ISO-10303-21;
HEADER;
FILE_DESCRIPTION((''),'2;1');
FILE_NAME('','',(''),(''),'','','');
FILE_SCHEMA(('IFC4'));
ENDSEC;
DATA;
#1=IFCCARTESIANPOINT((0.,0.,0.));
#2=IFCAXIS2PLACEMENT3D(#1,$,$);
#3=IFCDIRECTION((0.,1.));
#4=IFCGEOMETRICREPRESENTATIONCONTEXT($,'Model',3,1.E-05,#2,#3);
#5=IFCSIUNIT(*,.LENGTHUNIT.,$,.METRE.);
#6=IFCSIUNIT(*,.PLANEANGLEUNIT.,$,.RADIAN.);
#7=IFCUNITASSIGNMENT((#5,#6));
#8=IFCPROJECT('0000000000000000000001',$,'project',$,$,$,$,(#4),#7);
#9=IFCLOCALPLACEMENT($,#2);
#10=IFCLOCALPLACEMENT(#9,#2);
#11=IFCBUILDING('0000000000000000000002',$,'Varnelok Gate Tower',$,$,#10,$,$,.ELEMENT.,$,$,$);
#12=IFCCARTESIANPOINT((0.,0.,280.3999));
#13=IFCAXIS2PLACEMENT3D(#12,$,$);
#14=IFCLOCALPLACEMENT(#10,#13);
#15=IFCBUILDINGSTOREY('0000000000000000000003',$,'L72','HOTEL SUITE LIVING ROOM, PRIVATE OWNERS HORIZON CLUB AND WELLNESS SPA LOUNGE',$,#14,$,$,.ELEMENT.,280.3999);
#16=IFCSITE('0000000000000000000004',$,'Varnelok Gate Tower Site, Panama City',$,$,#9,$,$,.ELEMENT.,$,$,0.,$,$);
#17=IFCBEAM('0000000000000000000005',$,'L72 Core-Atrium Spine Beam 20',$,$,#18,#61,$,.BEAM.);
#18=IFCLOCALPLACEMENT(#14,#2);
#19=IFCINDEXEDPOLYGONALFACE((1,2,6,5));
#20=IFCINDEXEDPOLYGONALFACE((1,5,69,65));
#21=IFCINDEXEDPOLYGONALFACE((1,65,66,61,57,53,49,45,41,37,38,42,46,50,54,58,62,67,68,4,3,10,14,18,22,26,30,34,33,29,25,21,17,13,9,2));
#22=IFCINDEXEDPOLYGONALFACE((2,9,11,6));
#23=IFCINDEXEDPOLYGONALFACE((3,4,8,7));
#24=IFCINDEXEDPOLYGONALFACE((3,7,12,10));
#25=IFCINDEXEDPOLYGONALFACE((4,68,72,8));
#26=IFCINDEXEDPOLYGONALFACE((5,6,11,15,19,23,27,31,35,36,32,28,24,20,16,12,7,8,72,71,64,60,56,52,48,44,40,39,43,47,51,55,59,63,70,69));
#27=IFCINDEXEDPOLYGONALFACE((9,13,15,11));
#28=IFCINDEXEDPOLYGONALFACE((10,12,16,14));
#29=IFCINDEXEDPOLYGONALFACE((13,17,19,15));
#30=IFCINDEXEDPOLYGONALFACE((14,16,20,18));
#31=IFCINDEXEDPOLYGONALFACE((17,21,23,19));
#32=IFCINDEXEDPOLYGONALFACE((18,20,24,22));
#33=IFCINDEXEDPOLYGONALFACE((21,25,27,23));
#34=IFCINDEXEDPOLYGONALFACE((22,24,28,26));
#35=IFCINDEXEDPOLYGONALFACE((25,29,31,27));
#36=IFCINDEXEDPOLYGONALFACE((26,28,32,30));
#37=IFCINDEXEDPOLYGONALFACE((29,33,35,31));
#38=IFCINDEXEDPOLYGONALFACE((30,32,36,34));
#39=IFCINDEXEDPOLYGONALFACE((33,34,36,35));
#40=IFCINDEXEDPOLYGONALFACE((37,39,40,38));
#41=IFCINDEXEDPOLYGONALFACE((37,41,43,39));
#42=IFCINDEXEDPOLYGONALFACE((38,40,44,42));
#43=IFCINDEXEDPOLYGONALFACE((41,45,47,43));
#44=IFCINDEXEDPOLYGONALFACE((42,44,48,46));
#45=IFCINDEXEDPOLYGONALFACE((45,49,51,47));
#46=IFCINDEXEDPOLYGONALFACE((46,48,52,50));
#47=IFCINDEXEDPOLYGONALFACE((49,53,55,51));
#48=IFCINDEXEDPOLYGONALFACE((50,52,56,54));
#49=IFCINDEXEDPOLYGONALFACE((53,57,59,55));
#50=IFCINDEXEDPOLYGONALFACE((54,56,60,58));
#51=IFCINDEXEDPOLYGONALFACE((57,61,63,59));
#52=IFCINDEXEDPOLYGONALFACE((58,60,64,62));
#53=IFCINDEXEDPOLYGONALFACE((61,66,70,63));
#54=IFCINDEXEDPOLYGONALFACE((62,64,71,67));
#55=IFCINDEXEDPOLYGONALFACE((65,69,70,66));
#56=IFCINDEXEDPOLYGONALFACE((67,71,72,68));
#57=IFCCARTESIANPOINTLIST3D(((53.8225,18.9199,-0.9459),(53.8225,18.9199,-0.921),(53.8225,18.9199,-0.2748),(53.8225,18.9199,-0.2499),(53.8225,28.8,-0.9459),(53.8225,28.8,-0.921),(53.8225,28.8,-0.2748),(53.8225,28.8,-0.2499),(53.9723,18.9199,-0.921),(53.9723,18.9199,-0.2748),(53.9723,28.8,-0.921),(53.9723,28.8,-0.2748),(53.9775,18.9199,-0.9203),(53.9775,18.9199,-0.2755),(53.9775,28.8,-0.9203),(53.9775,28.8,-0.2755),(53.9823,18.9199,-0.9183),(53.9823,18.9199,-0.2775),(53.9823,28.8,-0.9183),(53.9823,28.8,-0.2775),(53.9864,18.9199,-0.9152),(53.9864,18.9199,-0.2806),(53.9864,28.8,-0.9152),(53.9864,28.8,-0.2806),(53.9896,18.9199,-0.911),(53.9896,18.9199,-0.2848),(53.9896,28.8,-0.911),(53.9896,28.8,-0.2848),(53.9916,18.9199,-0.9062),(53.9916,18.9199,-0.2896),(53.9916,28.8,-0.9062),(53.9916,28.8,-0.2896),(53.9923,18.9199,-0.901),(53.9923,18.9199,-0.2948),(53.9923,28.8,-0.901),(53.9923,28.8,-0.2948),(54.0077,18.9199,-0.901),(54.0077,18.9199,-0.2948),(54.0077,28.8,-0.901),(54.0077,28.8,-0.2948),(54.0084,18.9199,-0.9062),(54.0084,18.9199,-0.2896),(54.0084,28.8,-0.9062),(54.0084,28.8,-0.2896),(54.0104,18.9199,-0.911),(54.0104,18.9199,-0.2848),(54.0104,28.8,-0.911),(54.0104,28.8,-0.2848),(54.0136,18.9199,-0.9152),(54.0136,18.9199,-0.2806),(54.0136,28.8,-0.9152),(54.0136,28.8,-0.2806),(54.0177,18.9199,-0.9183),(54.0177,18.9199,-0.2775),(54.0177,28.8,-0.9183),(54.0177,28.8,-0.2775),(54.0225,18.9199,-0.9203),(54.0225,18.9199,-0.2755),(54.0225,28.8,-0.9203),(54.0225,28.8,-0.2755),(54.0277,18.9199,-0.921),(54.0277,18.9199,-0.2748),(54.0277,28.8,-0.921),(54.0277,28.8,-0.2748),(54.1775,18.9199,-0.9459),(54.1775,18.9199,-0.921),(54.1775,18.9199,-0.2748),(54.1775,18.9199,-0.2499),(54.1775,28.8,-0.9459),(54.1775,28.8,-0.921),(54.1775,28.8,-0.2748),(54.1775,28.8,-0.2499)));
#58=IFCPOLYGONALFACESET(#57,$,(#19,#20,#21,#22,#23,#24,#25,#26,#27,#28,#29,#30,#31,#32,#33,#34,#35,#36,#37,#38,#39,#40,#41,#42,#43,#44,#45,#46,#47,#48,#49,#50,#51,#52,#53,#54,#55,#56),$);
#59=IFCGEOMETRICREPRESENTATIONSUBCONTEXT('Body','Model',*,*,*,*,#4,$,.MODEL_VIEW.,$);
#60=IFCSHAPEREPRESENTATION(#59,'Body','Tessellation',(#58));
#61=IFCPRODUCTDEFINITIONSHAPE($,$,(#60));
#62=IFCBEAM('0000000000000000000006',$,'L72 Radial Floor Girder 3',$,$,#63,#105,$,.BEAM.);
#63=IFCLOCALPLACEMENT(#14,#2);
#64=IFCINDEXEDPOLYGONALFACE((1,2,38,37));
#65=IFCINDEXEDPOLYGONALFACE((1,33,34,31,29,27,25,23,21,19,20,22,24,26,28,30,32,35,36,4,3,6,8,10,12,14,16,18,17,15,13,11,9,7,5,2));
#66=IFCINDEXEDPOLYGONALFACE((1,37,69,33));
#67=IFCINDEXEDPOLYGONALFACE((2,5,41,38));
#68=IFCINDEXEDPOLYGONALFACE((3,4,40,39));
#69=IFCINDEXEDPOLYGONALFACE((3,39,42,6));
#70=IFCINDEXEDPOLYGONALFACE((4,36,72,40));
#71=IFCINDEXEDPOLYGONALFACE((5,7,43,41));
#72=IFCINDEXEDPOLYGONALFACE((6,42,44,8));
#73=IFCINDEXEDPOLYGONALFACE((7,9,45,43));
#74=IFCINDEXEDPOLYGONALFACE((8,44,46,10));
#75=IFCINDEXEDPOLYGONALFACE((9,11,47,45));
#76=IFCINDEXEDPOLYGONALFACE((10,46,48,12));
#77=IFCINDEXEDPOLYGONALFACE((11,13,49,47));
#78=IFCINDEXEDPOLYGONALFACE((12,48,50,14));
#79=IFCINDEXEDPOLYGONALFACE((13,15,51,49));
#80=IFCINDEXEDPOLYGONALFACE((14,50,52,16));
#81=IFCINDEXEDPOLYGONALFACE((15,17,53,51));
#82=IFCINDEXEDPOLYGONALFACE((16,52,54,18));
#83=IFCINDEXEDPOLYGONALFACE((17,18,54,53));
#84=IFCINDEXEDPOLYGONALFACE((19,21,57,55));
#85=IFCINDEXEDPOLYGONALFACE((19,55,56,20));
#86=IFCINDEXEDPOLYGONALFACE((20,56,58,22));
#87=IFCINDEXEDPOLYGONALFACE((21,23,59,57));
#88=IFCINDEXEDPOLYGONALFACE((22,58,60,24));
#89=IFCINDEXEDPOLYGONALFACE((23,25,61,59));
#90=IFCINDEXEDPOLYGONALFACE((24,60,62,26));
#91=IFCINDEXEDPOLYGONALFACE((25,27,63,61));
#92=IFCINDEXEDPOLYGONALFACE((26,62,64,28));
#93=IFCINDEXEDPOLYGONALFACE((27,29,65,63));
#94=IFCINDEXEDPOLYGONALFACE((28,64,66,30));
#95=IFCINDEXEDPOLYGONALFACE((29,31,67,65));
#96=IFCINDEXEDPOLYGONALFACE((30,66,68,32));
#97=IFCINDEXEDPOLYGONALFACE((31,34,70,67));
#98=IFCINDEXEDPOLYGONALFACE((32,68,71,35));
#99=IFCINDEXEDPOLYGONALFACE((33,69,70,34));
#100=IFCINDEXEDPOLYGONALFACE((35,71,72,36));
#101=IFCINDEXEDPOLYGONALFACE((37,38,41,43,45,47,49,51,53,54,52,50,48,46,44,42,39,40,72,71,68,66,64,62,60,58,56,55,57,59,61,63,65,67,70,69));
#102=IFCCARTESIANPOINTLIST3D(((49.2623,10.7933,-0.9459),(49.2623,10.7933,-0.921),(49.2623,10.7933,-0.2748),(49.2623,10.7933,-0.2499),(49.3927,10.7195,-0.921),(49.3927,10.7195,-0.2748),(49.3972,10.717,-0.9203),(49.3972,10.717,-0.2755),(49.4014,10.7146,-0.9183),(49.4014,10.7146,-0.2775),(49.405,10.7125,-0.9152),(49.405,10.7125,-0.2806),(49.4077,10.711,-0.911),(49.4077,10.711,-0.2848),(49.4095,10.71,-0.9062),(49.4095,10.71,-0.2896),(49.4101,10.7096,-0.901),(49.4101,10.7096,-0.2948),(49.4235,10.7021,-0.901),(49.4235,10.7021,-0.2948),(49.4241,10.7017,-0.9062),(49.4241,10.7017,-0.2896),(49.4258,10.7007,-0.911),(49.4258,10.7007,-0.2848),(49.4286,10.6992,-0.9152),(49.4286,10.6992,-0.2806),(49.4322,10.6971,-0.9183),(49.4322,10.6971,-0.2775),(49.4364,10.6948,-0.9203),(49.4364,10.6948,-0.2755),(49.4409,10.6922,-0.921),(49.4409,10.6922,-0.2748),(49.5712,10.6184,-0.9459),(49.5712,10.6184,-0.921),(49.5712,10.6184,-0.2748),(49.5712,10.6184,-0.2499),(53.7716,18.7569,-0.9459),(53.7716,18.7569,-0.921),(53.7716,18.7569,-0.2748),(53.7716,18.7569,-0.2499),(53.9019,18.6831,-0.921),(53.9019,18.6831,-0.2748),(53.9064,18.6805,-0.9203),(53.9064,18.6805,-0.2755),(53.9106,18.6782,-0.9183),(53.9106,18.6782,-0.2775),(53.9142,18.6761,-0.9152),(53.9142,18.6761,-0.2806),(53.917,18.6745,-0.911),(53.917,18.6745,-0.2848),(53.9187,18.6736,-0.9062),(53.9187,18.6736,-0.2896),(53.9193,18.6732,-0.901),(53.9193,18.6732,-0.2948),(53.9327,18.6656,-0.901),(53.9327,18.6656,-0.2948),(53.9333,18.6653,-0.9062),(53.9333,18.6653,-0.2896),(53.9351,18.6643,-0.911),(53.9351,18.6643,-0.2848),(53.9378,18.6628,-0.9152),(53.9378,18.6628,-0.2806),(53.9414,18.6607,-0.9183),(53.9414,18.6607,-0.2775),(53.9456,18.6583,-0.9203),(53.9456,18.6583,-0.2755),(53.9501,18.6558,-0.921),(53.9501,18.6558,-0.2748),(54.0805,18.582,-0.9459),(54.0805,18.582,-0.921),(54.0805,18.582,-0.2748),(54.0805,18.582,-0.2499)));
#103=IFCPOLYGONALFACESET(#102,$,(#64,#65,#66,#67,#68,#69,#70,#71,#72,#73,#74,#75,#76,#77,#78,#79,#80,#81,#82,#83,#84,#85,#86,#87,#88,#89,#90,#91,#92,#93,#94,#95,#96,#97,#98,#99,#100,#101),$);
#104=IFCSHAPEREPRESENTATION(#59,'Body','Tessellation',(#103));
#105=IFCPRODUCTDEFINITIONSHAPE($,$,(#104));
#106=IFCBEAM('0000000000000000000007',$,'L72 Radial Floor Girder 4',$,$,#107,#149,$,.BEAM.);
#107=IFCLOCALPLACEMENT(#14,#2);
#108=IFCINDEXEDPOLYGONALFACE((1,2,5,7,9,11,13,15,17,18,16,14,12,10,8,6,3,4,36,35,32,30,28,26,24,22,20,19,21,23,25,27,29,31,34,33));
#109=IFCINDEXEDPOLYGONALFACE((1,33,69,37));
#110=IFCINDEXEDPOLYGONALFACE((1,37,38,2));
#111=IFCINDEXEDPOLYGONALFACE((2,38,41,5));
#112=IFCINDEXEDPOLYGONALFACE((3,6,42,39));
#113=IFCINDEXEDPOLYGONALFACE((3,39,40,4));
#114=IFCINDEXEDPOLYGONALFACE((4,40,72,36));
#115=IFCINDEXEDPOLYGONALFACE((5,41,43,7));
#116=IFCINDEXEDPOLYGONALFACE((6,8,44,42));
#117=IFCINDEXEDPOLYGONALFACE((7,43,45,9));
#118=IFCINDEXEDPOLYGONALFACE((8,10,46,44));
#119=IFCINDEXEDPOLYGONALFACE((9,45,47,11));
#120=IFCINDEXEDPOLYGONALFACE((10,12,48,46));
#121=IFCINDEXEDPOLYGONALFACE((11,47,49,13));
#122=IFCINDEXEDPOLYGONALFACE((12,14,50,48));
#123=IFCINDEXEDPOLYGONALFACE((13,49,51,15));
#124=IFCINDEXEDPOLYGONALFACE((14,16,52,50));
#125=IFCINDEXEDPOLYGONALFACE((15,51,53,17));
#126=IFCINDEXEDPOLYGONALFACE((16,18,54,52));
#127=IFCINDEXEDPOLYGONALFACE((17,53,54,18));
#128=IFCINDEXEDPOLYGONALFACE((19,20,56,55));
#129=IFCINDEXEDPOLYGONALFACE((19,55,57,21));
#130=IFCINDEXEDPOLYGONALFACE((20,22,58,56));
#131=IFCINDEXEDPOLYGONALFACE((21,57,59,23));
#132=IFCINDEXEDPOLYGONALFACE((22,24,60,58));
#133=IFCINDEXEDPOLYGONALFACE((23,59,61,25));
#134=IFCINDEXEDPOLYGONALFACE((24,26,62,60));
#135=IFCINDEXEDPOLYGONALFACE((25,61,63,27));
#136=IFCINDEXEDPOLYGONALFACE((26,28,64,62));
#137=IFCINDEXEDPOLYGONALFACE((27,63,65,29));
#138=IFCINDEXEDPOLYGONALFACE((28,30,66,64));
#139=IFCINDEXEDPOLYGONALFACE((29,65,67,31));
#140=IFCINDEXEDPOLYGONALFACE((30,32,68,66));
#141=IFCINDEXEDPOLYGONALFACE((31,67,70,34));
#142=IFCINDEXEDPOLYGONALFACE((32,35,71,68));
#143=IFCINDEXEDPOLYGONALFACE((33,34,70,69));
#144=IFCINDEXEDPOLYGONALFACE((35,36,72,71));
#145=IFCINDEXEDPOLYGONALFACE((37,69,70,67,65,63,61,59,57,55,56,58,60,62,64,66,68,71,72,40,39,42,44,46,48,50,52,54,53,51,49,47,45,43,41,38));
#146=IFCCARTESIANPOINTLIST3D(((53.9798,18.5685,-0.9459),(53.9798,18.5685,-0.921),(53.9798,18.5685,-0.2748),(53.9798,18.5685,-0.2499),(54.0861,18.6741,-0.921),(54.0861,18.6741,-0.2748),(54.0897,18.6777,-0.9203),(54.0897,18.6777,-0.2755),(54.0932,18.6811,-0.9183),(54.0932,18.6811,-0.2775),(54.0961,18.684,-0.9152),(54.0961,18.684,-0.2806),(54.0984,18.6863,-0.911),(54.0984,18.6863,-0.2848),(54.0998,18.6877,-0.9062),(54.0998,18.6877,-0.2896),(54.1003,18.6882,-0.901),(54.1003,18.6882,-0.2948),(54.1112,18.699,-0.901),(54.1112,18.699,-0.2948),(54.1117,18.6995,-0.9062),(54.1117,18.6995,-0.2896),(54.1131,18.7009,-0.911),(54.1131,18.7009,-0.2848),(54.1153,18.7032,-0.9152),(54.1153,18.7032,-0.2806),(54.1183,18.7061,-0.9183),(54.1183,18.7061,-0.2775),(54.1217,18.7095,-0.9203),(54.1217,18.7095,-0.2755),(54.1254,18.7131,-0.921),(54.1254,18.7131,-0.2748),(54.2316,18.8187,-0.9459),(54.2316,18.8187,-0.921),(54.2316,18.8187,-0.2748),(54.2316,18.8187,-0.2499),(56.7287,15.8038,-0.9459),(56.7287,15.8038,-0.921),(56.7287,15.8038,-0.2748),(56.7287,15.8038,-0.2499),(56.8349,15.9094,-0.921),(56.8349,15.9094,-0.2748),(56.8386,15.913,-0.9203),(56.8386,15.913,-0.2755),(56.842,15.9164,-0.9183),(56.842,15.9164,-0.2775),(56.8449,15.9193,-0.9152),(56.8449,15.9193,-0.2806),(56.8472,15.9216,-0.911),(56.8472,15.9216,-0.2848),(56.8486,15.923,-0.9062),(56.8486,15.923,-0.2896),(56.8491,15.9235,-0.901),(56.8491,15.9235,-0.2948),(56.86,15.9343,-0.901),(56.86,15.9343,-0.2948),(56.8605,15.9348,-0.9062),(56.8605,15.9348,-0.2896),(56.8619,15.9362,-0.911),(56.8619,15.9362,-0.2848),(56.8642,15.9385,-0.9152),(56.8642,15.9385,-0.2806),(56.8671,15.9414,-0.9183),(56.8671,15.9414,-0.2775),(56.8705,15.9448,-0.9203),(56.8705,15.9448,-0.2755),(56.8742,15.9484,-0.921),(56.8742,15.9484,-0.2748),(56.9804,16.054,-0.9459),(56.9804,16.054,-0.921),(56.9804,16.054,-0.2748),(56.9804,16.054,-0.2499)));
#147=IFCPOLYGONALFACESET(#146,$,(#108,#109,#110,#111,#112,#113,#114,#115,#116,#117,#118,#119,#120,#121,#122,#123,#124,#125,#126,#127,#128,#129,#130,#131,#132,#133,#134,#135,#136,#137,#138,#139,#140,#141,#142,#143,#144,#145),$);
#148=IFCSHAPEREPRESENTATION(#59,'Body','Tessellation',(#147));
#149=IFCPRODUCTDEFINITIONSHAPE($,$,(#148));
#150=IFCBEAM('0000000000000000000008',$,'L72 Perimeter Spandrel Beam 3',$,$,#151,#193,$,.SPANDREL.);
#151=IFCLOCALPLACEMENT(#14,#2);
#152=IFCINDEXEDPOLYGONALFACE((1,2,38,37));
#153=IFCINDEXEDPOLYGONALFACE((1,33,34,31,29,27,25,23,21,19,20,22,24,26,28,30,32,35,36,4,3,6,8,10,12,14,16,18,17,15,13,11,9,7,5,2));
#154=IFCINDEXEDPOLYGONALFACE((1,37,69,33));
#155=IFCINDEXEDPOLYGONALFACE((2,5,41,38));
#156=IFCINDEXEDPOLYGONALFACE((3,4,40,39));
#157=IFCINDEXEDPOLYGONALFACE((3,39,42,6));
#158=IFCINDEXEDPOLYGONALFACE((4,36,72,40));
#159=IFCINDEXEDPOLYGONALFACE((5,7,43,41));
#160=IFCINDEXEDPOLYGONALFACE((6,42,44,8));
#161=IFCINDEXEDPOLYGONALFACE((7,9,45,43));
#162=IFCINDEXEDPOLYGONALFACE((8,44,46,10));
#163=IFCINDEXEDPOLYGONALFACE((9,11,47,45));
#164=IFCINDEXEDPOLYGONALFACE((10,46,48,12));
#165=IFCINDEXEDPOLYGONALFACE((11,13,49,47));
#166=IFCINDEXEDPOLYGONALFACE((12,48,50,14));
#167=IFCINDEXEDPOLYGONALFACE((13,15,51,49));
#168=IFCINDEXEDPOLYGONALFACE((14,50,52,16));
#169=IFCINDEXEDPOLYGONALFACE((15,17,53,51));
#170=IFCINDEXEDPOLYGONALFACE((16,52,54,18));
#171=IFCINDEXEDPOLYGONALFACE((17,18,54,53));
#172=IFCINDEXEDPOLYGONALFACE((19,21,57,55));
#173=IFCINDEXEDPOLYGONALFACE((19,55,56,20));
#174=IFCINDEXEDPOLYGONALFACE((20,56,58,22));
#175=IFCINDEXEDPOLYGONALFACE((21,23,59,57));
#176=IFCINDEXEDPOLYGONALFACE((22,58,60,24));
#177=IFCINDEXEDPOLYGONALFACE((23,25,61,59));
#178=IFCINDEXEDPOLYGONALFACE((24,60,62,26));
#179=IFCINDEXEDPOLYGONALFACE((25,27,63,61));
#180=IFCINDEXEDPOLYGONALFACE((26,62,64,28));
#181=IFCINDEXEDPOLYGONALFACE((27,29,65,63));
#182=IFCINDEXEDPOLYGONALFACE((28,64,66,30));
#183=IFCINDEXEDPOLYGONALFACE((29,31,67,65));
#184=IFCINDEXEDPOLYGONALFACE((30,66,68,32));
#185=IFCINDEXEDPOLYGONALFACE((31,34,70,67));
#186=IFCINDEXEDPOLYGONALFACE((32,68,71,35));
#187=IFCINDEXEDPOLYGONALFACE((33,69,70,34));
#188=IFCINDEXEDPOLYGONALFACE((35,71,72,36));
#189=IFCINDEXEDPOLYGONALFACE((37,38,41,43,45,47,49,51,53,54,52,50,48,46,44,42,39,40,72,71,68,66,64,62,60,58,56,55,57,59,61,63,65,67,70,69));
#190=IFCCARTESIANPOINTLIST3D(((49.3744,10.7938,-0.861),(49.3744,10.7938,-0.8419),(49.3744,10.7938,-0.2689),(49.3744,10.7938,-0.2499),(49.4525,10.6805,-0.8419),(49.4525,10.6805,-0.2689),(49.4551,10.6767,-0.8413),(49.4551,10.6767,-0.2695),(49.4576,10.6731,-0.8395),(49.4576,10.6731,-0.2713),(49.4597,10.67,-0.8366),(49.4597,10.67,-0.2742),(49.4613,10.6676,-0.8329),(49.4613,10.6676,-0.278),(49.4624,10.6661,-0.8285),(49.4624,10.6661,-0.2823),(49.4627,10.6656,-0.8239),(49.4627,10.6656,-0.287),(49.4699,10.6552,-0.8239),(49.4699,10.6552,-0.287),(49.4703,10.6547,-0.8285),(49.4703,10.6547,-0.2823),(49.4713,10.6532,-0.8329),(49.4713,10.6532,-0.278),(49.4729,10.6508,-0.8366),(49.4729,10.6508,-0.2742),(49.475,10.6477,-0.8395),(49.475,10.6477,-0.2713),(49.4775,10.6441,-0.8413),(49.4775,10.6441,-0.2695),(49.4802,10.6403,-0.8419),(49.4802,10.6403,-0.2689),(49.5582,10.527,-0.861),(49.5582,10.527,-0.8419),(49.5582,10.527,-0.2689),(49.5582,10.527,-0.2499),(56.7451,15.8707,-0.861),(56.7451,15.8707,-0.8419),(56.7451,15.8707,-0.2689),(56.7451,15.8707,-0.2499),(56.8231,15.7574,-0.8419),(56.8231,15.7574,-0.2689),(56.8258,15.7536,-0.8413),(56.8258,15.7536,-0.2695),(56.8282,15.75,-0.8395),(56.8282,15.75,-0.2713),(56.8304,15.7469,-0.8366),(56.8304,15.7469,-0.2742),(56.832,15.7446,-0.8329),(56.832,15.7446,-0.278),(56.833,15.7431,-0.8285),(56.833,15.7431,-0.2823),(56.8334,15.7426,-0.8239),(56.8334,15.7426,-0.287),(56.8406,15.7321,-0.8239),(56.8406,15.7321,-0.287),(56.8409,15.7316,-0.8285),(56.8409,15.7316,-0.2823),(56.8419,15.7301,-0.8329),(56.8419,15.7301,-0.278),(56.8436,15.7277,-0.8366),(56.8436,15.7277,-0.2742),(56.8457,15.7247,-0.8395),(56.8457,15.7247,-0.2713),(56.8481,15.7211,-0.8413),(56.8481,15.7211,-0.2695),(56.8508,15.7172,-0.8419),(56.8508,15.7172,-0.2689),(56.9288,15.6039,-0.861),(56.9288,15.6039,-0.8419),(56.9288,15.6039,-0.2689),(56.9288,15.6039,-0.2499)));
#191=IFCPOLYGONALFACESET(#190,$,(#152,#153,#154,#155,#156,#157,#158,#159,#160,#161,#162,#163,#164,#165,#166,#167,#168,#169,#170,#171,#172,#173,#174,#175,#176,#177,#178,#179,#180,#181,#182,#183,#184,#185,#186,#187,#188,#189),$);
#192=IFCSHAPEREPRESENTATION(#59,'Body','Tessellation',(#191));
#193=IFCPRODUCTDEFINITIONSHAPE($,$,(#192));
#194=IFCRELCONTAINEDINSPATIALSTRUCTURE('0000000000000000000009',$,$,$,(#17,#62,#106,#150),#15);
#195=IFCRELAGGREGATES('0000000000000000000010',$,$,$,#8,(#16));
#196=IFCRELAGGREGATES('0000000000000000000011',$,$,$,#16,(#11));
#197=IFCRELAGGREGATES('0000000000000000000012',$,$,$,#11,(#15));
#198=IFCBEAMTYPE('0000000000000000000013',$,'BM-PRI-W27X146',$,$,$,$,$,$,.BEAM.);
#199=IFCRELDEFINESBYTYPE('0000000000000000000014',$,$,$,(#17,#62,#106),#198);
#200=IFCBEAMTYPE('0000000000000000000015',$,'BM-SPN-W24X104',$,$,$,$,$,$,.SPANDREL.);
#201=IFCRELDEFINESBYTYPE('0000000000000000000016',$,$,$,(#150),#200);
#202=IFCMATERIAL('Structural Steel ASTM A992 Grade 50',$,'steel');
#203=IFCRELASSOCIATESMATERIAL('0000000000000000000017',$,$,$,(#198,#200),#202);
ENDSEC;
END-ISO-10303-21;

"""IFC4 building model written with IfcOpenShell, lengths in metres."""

from ifc_helpers import new_model, si_unit, direction, frame, origin, origin_2d, place, context, subcontext, project, spatial, i_section, extrude, material, material_profile, profile_set, type_object, element, save


model = new_model("IFC4")

# Units and contexts
model_context = context("Model", 3, precision=1e-05, world=origin(), true_north=direction((0.0, 1.0)))
body_context = subcontext(model_context, "Body", "Model", "MODEL_VIEW")
ifc_project = project(units=[si_unit("LENGTHUNIT", "METRE"), si_unit("PLANEANGLEUNIT", "RADIAN")], contexts=[model_context])

# Site, building, storey
site_placement = place(None, origin())
site = spatial("IfcSite", under=ifc_project, at=site_placement, Name="Varnelok Gate Tower Site, Panama City", CompositionType="ELEMENT", RefElevation=0.0)
building_placement = place(site_placement, origin())
building = spatial("IfcBuilding", under=site, at=building_placement, Name="Varnelok Gate Tower", CompositionType="ELEMENT")
storey_placement = place(building_placement, frame((0.0, 0.0, 280.3999)))
storey = spatial("IfcBuildingStorey", under=building, at=storey_placement, Name="L72", Description="HOTEL SUITE LIVING ROOM, PRIVATE OWNERS HORIZON CLUB AND WELLNESS SPA LOUNGE", CompositionType="ELEMENT", Elevation=280.3999)

# Shared definitions
ifc_material_1 = material(Name="Structural Steel ASTM A992 Grade 50", Category="steel")

# Beams
ifc_material_profile_1 = material_profile(ifc_material_1, i_section(OverallWidth=0.355, OverallDepth=0.696, WebThickness=0.0154, FlangeThickness=0.0249, FilletRadius=0.02, at=origin_2d()), Name="W27X146")
ifc_profile_set_1 = profile_set([ifc_material_profile_1], Name="Structural Steel ASTM A992 Grade 50")
beam_type_1 = type_object("IfcBeamType", Name="BM-PRI-W27X146", PredefinedType="BEAM", material=ifc_profile_set_1)
beam_1_placement = place(storey_placement, frame((54.0, 18.9199, -0.5979), z_axis=(0.0, 1.0, 0.0), x_axis=(-1.0, 0.0, 0.0)))
element("IfcBeam", 1, at=beam_1_placement, inside=storey, type_object=beam_type_1, Name="L72 Core-Atrium Spine Beam 20", PredefinedType="BEAM", context=body_context, shape_type="SweptSolid", body=[
    extrude(i_section(OverallWidth=0.355, OverallDepth=0.696, WebThickness=0.0154, FlangeThickness=0.0249, FilletRadius=0.02, at=origin_2d()), origin(), (0.0, 0.0, 1.0), 9.8801),
])
beam_2_placement = place(storey_placement, frame((53.926, 18.6694, -0.5979), z_axis=(-0.492728, -0.870183, 0.0), x_axis=(0.870183, -0.492728, 0.0)))
element("IfcBeam", 2, at=beam_2_placement, inside=storey, type_object=beam_type_1, Name="L72 Radial Floor Girder 3", PredefinedType="BEAM", context=body_context, shape_type="SweptSolid", body=[
    extrude(i_section(OverallWidth=0.355, OverallDepth=0.696, WebThickness=0.0154, FlangeThickness=0.0249, FilletRadius=0.02, at=origin_2d()), origin(), (0.0, 0.0, 1.0), 9.1516),
])
beam_3_placement = place(storey_placement, frame((54.1057, 18.6936, -0.5979), z_axis=(0.705069, -0.709139, 0.0), x_axis=(0.709139, 0.705069, 0.0)))
element("IfcBeam", 3, at=beam_3_placement, inside=storey, type_object=beam_type_1, Name="L72 Radial Floor Girder 4", PredefinedType="BEAM", context=body_context, shape_type="SweptSolid", body=[
    extrude(i_section(OverallWidth=0.355, OverallDepth=0.696, WebThickness=0.0154, FlangeThickness=0.0249, FilletRadius=0.02, at=origin_2d()), origin(), (0.0, 0.0, 1.0), 3.8987),
])
ifc_material_profile_2 = material_profile(ifc_material_1, i_section(OverallWidth=0.324, OverallDepth=0.6111, WebThickness=0.0127, FlangeThickness=0.019, FilletRadius=0.0181, at=origin_2d()), Name="W24X104")
ifc_profile_set_2 = profile_set([ifc_material_profile_2], Name="Structural Steel ASTM A992 Grade 50")
beam_type_2 = type_object("IfcBeamType", Name="BM-SPN-W24X104", PredefinedType="SPANDREL", material=ifc_profile_set_2)
beam_4_placement = place(storey_placement, frame((49.4663, 10.6604, -0.5554), z_axis=(0.82354, 0.567258, 0.0), x_axis=(-0.567258, 0.82354, 0.0)))
element("IfcBeam", 4, at=beam_4_placement, inside=storey, type_object=beam_type_2, Name="L72 Perimeter Spandrel Beam 3", PredefinedType="SPANDREL", context=body_context, shape_type="SweptSolid", body=[
    extrude(i_section(OverallWidth=0.324, OverallDepth=0.6111, WebThickness=0.0127, FlangeThickness=0.019, FilletRadius=0.0181, at=origin_2d()), origin(), (0.0, 0.0, 1.0), 8.95),
])

save(model, "model.ifc")
